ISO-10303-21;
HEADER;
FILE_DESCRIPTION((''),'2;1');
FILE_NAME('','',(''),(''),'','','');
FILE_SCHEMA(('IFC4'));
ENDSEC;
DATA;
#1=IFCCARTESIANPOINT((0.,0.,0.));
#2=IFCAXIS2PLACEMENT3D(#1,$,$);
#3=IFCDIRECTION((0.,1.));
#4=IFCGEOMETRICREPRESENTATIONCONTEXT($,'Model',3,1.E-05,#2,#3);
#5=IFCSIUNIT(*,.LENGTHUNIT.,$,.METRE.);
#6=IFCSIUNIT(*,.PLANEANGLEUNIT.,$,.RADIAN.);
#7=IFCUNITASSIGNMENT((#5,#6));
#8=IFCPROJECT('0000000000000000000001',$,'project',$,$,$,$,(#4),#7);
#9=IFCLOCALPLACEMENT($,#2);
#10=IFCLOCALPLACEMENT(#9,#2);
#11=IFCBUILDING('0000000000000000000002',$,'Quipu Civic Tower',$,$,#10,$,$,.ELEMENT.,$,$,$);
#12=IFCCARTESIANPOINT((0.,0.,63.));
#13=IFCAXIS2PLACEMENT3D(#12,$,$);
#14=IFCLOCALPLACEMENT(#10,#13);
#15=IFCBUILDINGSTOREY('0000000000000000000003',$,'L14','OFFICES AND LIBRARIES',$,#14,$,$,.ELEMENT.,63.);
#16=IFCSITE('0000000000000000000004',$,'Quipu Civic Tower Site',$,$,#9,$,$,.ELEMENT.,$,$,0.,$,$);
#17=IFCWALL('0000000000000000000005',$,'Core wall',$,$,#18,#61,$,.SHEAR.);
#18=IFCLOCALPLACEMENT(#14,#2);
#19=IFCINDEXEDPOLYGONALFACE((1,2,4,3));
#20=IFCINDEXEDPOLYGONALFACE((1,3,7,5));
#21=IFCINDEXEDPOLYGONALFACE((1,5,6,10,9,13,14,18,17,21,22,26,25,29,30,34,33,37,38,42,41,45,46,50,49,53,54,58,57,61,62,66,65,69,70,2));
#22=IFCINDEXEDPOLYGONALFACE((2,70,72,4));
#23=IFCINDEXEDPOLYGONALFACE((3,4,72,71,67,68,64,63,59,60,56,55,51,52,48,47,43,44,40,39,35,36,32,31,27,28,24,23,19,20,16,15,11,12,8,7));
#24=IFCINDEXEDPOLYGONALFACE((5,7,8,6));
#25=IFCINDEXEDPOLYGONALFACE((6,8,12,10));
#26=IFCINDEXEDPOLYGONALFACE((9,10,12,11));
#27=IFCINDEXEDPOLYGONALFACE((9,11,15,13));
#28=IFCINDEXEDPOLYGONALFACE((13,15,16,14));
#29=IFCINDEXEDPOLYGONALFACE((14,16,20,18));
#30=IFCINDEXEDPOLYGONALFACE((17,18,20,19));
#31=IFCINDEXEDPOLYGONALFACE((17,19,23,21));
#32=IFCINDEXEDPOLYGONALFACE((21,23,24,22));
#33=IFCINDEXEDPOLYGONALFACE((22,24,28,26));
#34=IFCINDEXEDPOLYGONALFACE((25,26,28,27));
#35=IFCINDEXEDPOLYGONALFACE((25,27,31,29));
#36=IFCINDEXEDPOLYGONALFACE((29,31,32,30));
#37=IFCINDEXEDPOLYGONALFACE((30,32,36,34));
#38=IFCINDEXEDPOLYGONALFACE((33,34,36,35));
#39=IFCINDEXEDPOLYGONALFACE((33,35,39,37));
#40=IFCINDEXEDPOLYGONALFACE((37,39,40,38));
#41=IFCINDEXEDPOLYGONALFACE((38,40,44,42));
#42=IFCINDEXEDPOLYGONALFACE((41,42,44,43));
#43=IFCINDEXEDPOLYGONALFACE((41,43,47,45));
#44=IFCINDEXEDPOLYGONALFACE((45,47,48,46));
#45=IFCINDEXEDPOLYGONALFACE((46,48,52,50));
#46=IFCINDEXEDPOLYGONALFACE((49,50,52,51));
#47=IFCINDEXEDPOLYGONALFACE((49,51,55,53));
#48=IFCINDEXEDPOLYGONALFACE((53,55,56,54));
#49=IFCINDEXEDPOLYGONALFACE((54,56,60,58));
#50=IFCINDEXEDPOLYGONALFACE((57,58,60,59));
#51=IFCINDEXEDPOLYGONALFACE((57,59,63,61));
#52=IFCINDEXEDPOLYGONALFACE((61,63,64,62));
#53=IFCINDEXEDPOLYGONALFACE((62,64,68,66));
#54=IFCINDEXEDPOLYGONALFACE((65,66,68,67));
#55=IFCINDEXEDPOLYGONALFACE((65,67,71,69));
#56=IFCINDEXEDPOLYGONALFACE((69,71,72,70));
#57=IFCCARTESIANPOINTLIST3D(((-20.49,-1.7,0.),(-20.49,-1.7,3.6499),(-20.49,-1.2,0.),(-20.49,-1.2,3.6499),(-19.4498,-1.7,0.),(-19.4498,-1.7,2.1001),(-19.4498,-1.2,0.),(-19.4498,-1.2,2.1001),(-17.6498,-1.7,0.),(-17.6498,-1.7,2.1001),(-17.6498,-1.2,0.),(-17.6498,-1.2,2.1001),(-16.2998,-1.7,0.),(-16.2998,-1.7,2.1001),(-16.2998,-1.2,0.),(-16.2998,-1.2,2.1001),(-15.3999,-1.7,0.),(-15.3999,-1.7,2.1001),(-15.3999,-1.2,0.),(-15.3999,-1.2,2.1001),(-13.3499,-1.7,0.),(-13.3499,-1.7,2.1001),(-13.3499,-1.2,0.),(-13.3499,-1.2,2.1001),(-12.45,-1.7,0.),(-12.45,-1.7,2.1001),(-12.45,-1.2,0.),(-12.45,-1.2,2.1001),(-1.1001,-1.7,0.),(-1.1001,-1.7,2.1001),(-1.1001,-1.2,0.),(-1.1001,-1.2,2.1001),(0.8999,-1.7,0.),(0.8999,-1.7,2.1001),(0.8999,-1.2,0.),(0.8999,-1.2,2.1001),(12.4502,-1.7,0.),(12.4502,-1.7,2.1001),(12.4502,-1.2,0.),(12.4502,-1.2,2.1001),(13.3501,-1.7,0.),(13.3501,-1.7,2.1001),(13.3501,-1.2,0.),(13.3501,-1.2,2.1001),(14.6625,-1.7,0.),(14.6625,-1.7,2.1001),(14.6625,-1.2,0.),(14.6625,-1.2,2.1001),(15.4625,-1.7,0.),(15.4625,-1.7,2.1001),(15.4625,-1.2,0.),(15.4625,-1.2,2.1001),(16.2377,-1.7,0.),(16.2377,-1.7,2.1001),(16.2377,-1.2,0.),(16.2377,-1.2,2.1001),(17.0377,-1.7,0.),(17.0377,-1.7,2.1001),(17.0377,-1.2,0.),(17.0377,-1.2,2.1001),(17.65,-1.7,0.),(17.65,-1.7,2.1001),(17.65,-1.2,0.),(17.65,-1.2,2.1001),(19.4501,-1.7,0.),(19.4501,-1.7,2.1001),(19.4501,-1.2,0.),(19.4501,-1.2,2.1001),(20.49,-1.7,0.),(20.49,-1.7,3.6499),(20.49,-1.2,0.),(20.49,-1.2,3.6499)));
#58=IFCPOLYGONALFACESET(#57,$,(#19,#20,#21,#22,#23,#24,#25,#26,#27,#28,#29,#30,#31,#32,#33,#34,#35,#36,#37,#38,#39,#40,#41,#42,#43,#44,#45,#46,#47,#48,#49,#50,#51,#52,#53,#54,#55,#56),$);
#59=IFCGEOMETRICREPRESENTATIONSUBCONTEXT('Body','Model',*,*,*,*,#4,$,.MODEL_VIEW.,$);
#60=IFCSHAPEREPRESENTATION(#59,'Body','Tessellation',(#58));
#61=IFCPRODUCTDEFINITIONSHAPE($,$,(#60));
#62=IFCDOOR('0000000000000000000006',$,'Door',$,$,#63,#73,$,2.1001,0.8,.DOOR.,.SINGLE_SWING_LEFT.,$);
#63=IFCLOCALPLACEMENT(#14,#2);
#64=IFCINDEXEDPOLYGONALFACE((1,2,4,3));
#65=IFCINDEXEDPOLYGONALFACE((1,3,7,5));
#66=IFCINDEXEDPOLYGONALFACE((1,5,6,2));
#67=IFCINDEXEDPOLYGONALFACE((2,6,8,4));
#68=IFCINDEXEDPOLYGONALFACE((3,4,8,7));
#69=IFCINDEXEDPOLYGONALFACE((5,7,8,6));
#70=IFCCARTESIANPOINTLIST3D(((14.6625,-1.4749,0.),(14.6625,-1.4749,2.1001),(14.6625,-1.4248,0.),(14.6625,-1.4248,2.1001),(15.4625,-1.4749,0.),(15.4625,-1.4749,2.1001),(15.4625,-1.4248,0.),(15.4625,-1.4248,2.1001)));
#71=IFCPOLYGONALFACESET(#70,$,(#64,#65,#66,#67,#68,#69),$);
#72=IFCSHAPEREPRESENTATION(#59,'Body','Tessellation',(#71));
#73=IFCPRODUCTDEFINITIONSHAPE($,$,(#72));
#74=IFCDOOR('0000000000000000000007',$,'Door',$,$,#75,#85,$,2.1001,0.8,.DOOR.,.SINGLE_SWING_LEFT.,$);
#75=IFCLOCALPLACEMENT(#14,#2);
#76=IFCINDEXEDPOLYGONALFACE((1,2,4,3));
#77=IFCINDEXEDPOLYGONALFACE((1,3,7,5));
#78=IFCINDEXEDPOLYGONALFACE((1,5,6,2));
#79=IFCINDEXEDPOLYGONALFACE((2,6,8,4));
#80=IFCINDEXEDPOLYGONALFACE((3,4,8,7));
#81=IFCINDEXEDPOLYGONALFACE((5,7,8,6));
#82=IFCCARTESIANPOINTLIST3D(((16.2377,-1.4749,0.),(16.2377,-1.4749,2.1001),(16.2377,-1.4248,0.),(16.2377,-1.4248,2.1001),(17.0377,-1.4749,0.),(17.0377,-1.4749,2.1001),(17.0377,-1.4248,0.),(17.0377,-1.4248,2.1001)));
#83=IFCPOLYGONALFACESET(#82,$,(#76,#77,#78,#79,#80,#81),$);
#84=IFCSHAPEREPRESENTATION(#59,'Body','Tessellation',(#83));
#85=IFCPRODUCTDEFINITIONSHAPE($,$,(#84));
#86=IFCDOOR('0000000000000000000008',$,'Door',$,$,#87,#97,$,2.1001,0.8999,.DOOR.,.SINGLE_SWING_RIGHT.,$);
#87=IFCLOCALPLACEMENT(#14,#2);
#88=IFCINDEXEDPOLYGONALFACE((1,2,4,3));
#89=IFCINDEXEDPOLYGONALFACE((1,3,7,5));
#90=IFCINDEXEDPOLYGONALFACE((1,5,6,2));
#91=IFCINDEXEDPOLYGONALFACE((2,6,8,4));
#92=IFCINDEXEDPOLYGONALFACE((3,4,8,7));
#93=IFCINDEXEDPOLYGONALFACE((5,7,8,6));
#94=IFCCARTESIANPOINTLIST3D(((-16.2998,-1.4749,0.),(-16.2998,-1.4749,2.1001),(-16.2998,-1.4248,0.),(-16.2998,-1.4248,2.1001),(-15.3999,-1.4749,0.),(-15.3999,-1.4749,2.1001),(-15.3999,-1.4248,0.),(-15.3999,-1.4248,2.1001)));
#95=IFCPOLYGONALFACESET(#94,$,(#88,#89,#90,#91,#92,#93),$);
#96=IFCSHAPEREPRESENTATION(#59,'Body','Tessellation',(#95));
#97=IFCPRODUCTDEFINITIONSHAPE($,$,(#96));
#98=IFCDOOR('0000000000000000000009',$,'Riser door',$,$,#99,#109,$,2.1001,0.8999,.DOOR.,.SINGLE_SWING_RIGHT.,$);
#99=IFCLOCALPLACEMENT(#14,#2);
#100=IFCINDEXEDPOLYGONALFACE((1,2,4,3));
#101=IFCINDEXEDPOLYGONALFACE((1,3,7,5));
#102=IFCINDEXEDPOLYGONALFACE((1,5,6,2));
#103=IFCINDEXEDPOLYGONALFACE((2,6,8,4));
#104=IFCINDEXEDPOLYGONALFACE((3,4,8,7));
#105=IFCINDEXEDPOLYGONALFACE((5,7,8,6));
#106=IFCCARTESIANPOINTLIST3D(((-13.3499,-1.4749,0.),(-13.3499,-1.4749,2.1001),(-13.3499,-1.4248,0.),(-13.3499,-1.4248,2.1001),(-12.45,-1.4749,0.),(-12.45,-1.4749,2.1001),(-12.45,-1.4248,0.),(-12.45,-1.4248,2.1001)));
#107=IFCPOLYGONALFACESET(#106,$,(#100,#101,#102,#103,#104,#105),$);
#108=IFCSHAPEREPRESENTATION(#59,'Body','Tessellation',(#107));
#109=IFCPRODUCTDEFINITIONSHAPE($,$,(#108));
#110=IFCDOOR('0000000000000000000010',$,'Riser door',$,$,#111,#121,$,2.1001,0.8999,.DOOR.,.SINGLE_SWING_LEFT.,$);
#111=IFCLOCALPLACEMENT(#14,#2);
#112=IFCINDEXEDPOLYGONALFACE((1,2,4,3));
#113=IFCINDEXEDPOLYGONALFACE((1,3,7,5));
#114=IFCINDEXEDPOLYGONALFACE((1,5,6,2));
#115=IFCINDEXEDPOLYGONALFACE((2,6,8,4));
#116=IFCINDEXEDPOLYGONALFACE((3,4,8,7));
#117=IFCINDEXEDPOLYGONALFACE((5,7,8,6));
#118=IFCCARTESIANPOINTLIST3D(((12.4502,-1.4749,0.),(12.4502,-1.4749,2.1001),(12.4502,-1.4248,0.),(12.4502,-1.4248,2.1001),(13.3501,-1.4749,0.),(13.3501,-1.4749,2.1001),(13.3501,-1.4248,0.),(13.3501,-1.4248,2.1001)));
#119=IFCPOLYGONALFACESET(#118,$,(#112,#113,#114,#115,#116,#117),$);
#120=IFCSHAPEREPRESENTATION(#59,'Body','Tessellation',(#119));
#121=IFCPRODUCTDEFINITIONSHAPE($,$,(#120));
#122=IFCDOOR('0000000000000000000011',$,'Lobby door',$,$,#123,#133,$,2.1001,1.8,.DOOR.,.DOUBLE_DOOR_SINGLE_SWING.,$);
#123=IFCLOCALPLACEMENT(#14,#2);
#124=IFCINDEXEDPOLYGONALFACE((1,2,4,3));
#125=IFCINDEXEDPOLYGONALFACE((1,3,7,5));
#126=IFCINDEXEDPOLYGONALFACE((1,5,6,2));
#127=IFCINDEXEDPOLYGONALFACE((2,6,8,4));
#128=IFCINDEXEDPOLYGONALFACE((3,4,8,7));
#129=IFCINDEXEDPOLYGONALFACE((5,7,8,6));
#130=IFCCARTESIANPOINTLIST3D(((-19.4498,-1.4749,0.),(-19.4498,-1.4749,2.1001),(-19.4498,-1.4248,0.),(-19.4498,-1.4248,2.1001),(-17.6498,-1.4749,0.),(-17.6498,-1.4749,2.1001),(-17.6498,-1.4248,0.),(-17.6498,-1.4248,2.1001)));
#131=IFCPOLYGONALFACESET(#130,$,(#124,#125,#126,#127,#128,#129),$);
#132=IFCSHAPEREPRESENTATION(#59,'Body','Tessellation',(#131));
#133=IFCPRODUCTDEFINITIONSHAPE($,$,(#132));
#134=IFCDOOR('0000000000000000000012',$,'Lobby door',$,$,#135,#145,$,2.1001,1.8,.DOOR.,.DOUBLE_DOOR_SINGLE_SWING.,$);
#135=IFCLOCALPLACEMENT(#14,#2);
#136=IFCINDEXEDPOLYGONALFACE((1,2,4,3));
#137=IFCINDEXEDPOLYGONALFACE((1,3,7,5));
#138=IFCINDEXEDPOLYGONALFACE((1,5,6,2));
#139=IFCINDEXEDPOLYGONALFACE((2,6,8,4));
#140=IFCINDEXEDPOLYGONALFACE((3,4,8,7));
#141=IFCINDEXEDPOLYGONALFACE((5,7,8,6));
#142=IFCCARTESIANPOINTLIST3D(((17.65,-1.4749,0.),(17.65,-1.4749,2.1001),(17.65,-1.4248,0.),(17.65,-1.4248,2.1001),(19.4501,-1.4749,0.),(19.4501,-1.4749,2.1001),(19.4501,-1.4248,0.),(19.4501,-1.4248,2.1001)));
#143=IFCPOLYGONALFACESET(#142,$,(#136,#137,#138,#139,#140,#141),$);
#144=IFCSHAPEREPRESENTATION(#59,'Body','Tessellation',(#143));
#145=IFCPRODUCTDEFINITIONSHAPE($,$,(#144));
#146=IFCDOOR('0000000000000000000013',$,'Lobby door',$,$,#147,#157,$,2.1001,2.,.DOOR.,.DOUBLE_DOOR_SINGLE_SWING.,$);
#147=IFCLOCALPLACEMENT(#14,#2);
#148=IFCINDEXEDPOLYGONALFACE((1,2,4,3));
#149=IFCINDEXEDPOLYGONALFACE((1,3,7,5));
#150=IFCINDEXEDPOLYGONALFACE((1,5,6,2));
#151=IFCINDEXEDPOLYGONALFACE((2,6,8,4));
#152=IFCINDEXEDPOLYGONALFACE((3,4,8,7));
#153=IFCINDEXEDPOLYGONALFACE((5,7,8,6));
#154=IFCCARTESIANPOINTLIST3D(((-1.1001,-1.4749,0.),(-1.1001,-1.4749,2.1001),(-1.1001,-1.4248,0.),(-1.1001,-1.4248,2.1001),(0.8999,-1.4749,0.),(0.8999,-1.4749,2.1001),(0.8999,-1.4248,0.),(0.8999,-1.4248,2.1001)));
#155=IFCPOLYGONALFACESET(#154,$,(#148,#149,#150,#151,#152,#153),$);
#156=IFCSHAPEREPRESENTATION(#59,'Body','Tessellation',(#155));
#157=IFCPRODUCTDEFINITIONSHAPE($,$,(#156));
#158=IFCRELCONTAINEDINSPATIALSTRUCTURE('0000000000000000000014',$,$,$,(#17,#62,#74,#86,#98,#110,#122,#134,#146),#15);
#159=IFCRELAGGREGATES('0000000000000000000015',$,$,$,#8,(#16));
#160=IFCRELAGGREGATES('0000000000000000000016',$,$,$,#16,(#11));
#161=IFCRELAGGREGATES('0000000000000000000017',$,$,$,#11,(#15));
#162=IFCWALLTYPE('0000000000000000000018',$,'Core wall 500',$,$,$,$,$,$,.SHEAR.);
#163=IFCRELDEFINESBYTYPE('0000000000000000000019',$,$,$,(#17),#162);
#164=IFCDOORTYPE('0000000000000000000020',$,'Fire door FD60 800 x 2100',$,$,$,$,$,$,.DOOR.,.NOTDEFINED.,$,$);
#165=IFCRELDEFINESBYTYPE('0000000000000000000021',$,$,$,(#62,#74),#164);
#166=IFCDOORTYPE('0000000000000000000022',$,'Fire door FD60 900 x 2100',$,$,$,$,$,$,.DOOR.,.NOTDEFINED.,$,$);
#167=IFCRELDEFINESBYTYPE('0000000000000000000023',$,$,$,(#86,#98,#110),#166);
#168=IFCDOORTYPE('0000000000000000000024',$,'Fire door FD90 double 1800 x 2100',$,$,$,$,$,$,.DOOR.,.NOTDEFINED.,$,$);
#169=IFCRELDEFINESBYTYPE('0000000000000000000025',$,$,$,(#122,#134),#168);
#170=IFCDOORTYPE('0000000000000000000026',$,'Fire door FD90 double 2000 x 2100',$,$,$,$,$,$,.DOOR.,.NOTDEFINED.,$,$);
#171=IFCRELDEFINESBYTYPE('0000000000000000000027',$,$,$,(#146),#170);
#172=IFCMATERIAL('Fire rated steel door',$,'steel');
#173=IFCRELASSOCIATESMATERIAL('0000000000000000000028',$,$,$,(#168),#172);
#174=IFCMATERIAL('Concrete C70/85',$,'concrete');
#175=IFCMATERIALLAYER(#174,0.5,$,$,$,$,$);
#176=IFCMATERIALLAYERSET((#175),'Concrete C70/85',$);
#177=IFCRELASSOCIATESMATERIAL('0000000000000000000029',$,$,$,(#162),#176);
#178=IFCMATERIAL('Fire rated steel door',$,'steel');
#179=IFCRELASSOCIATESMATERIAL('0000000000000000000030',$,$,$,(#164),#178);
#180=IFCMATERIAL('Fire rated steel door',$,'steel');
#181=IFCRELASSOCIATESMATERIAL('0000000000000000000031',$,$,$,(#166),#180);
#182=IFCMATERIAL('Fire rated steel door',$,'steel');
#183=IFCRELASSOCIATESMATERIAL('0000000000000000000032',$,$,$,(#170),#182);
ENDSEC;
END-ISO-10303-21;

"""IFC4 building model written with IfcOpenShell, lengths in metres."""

from ifc_helpers import new_model, si_unit, direction, frame, frame_2d, origin, place, context, subcontext, project, spatial, rectangle, extrude, material, layer, layer_set, type_object, element, fill, save


model = new_model("IFC4")

# Units and contexts
model_context = context("Model", 3, precision=1e-05, world=origin(), true_north=direction((0.0, 1.0)))
body_context = subcontext(model_context, "Body", "Model", "MODEL_VIEW")
ifc_project = project(units=[si_unit("LENGTHUNIT", "METRE"), si_unit("PLANEANGLEUNIT", "RADIAN")], contexts=[model_context])

# Site, building, storey
site_placement = place(None, origin())
site = spatial("IfcSite", under=ifc_project, at=site_placement, Name="Quipu Civic Tower Site", CompositionType="ELEMENT", RefElevation=0.0)
building_placement = place(site_placement, origin())
building = spatial("IfcBuilding", under=site, at=building_placement, Name="Quipu Civic Tower", CompositionType="ELEMENT")
storey_placement = place(building_placement, frame((0.0, 0.0, 63.0)))
storey = spatial("IfcBuildingStorey", under=building, at=storey_placement, Name="L14", Description="OFFICES AND LIBRARIES", CompositionType="ELEMENT", Elevation=63.0)

# Shared definitions
ifc_material_1 = material(Name="Fire rated steel door", Category="steel")
door_type_1 = type_object("IfcDoorType", Name="Fire door FD90 double 1800 x 2100", OperationType="NOTDEFINED", PredefinedType="DOOR", material=ifc_material_1)

# Shared definitions
ifc_material_2 = material(Name="Concrete C70/85", Category="concrete")
ifc_layer_1 = layer(ifc_material_2, 0.5)
ifc_layer_set_1 = layer_set([ifc_layer_1], Name="Concrete C70/85")
wall_type_1 = type_object("IfcWallType", Name="Core wall 500", PredefinedType="SHEAR", material=ifc_layer_set_1)

# Wall, openings, doors
wall_1_placement = place(storey_placement, frame((20.49, -1.45, 0.0), z_axis=(0.0, 0.0, 1.0), x_axis=(-1.0, 0.0, 0.0)))
wall_1 = element("IfcWall", 1, at=wall_1_placement, inside=storey, type_object=wall_type_1, Name="Core wall", PredefinedType="SHEAR", context=body_context, shape_type="SweptSolid", body=[
    extrude(rectangle(XDim=40.98, YDim=0.5, at=frame_2d((20.49, 0.0))), origin(), (0.0, 0.0, 1.0), 3.6499),
])
opening_1_placement = place(wall_1_placement, frame((38.1399, 0.0, 0.0)))
opening_1 = element("IfcOpeningElement", 2, at=opening_1_placement, cuts=wall_1, PredefinedType="OPENING", context=body_context, shape_type="SweptSolid", body=[
    extrude(rectangle(XDim=1.8, YDim=2.1001, at=frame_2d((0.8999, 1.05))), frame((0.0, 0.26, 0.0), z_axis=(0.0, -1.0, 0.0), x_axis=(1.0, 0.0, 0.0)), (0.0, 0.0, 1.0), 0.52),
])
opening_2_placement = place(wall_1_placement, frame((35.8899, 0.0, 0.0)))
opening_2 = element("IfcOpeningElement", 3, at=opening_2_placement, cuts=wall_1, PredefinedType="OPENING", context=body_context, shape_type="SweptSolid", body=[
    extrude(rectangle(XDim=0.8999, YDim=2.1001, at=frame_2d((0.45, 1.05))), frame((0.0, 0.26, 0.0), z_axis=(0.0, -1.0, 0.0), x_axis=(1.0, 0.0, 0.0)), (0.0, 0.0, 1.0), 0.52),
])
opening_3_placement = place(wall_1_placement, frame((32.9399, 0.0, 0.0)))
opening_3 = element("IfcOpeningElement", 4, at=opening_3_placement, cuts=wall_1, PredefinedType="OPENING", context=body_context, shape_type="SweptSolid", body=[
    extrude(rectangle(XDim=0.8999, YDim=2.1001, at=frame_2d((0.45, 1.05))), frame((0.0, 0.26, 0.0), z_axis=(0.0, -1.0, 0.0), x_axis=(1.0, 0.0, 0.0)), (0.0, 0.0, 1.0), 0.52),
])
opening_4_placement = place(wall_1_placement, frame((19.5901, 0.0, 0.0)))
opening_4 = element("IfcOpeningElement", 5, at=opening_4_placement, cuts=wall_1, PredefinedType="OPENING", context=body_context, shape_type="SweptSolid", body=[
    extrude(rectangle(XDim=2.0, YDim=2.1001, at=frame_2d((1.0, 1.05))), frame((0.0, 0.26, 0.0), z_axis=(0.0, -1.0, 0.0), x_axis=(1.0, 0.0, 0.0)), (0.0, 0.0, 1.0), 0.52),
])
opening_5_placement = place(wall_1_placement, frame((7.1399, 0.0, 0.0)))
opening_5 = element("IfcOpeningElement", 6, at=opening_5_placement, cuts=wall_1, PredefinedType="OPENING", context=body_context, shape_type="SweptSolid", body=[
    extrude(rectangle(XDim=0.8999, YDim=2.1001, at=frame_2d((0.45, 1.05))), frame((0.0, 0.26, 0.0), z_axis=(0.0, -1.0, 0.0), x_axis=(1.0, 0.0, 0.0)), (0.0, 0.0, 1.0), 0.52),
])
opening_6_placement = place(wall_1_placement, frame((5.0276, 0.0, 0.0)))
opening_6 = element("IfcOpeningElement", 7, at=opening_6_placement, cuts=wall_1, PredefinedType="OPENING", context=body_context, shape_type="SweptSolid", body=[
    extrude(rectangle(XDim=0.8, YDim=2.1001, at=frame_2d((0.3999, 1.05))), frame((0.0, 0.26, 0.0), z_axis=(0.0, -1.0, 0.0), x_axis=(1.0, 0.0, 0.0)), (0.0, 0.0, 1.0), 0.52),
])
opening_7_placement = place(wall_1_placement, frame((3.4524, 0.0, 0.0)))
opening_7 = element("IfcOpeningElement", 8, at=opening_7_placement, cuts=wall_1, PredefinedType="OPENING", context=body_context, shape_type="SweptSolid", body=[
    extrude(rectangle(XDim=0.8, YDim=2.1001, at=frame_2d((0.3999, 1.05))), frame((0.0, 0.26, 0.0), z_axis=(0.0, -1.0, 0.0), x_axis=(1.0, 0.0, 0.0)), (0.0, 0.0, 1.0), 0.52),
])
opening_8_placement = place(wall_1_placement, frame((1.04, 0.0, 0.0)))
opening_8 = element("IfcOpeningElement", 9, at=opening_8_placement, cuts=wall_1, PredefinedType="OPENING", context=body_context, shape_type="SweptSolid", body=[
    extrude(rectangle(XDim=1.8, YDim=2.1001, at=frame_2d((0.8999, 1.05))), frame((0.0, 0.26, 0.0), z_axis=(0.0, -1.0, 0.0), x_axis=(1.0, 0.0, 0.0)), (0.0, 0.0, 1.0), 0.52),
])
ifc_material_3 = material(Name="Fire rated steel door", Category="steel")
door_type_2 = type_object("IfcDoorType", Name="Fire door FD60 800 x 2100", OperationType="NOTDEFINED", PredefinedType="DOOR", material=ifc_material_3)
door_1_placement = place(opening_6_placement, origin())
door_1 = element("IfcDoor", 10, at=door_1_placement, inside=storey, type_object=door_type_2, Name="Door", OperationType="SINGLE_SWING_LEFT", OverallHeight=2.1001, OverallWidth=0.8, PredefinedType="DOOR", context=body_context, shape_type="SweptSolid", body=[
    extrude(rectangle(XDim=0.8, YDim=2.1001, at=frame_2d((0.3999, 1.05))), frame((0.0, 0.0249, 0.0), z_axis=(0.0, -1.0, 0.0), x_axis=(1.0, 0.0, 0.0)), (0.0, 0.0, 1.0), 0.05),
])
fill(opening_6, door_1)
door_2_placement = place(opening_7_placement, origin())
door_2 = element("IfcDoor", 11, at=door_2_placement, inside=storey, type_object=door_type_2, Name="Door", OperationType="SINGLE_SWING_LEFT", OverallHeight=2.1001, OverallWidth=0.8, PredefinedType="DOOR", context=body_context, shape_type="SweptSolid", body=[
    extrude(rectangle(XDim=0.8, YDim=2.1001, at=frame_2d((0.3999, 1.05))), frame((0.0, 0.0249, 0.0), z_axis=(0.0, -1.0, 0.0), x_axis=(1.0, 0.0, 0.0)), (0.0, 0.0, 1.0), 0.05),
])
fill(opening_7, door_2)
ifc_material_4 = material(Name="Fire rated steel door", Category="steel")
door_type_3 = type_object("IfcDoorType", Name="Fire door FD60 900 x 2100", OperationType="NOTDEFINED", PredefinedType="DOOR", material=ifc_material_4)
door_3_placement = place(opening_2_placement, origin())
door_3 = element("IfcDoor", 12, at=door_3_placement, inside=storey, type_object=door_type_3, Name="Door", OperationType="SINGLE_SWING_RIGHT", OverallHeight=2.1001, OverallWidth=0.8999, PredefinedType="DOOR", context=body_context, shape_type="SweptSolid", body=[
    extrude(rectangle(XDim=0.8999, YDim=2.1001, at=frame_2d((0.45, 1.05))), frame((0.0, 0.0249, 0.0), z_axis=(0.0, -1.0, 0.0), x_axis=(1.0, 0.0, 0.0)), (0.0, 0.0, 1.0), 0.05),
])
fill(opening_2, door_3)
door_4_placement = place(opening_3_placement, origin())
door_4 = element("IfcDoor", 13, at=door_4_placement, inside=storey, type_object=door_type_3, Name="Riser door", OperationType="SINGLE_SWING_RIGHT", OverallHeight=2.1001, OverallWidth=0.8999, PredefinedType="DOOR", context=body_context, shape_type="SweptSolid", body=[
    extrude(rectangle(XDim=0.8999, YDim=2.1001, at=frame_2d((0.45, 1.05))), frame((0.0, 0.0249, 0.0), z_axis=(0.0, -1.0, 0.0), x_axis=(1.0, 0.0, 0.0)), (0.0, 0.0, 1.0), 0.05),
])
fill(opening_3, door_4)
door_5_placement = place(opening_5_placement, origin())
door_5 = element("IfcDoor", 14, at=door_5_placement, inside=storey, type_object=door_type_3, Name="Riser door", OperationType="SINGLE_SWING_LEFT", OverallHeight=2.1001, OverallWidth=0.8999, PredefinedType="DOOR", context=body_context, shape_type="SweptSolid", body=[
    extrude(rectangle(XDim=0.8999, YDim=2.1001, at=frame_2d((0.45, 1.05))), frame((0.0, 0.0249, 0.0), z_axis=(0.0, -1.0, 0.0), x_axis=(1.0, 0.0, 0.0)), (0.0, 0.0, 1.0), 0.05),
])
fill(opening_5, door_5)
door_6_placement = place(opening_1_placement, origin())
door_6 = element("IfcDoor", 15, at=door_6_placement, inside=storey, type_object=door_type_1, Name="Lobby door", OperationType="DOUBLE_DOOR_SINGLE_SWING", OverallHeight=2.1001, OverallWidth=1.8, PredefinedType="DOOR", context=body_context, shape_type="SweptSolid", body=[
    extrude(rectangle(XDim=1.8, YDim=2.1001, at=frame_2d((0.8999, 1.05))), frame((0.0, 0.0249, 0.0), z_axis=(0.0, -1.0, 0.0), x_axis=(1.0, 0.0, 0.0)), (0.0, 0.0, 1.0), 0.05),
])
fill(opening_1, door_6)
door_7_placement = place(opening_8_placement, origin())
door_7 = element("IfcDoor", 16, at=door_7_placement, inside=storey, type_object=door_type_1, Name="Lobby door", OperationType="DOUBLE_DOOR_SINGLE_SWING", OverallHeight=2.1001, OverallWidth=1.8, PredefinedType="DOOR", context=body_context, shape_type="SweptSolid", body=[
    extrude(rectangle(XDim=1.8, YDim=2.1001, at=frame_2d((0.8999, 1.05))), frame((0.0, 0.0249, 0.0), z_axis=(0.0, -1.0, 0.0), x_axis=(1.0, 0.0, 0.0)), (0.0, 0.0, 1.0), 0.05),
])
fill(opening_8, door_7)
ifc_material_5 = material(Name="Fire rated steel door", Category="steel")
door_type_4 = type_object("IfcDoorType", Name="Fire door FD90 double 2000 x 2100", OperationType="NOTDEFINED", PredefinedType="DOOR", material=ifc_material_5)
door_8_placement = place(opening_4_placement, origin())
door_8 = element("IfcDoor", 17, at=door_8_placement, inside=storey, type_object=door_type_4, Name="Lobby door", OperationType="DOUBLE_DOOR_SINGLE_SWING", OverallHeight=2.1001, OverallWidth=2.0, PredefinedType="DOOR", context=body_context, shape_type="SweptSolid", body=[
    extrude(rectangle(XDim=2.0, YDim=2.1001, at=frame_2d((1.0, 1.05))), frame((0.0, 0.0249, 0.0), z_axis=(0.0, -1.0, 0.0), x_axis=(1.0, 0.0, 0.0)), (0.0, 0.0, 1.0), 0.05),
])
fill(opening_4, door_8)

save(model, "model.ifc")
